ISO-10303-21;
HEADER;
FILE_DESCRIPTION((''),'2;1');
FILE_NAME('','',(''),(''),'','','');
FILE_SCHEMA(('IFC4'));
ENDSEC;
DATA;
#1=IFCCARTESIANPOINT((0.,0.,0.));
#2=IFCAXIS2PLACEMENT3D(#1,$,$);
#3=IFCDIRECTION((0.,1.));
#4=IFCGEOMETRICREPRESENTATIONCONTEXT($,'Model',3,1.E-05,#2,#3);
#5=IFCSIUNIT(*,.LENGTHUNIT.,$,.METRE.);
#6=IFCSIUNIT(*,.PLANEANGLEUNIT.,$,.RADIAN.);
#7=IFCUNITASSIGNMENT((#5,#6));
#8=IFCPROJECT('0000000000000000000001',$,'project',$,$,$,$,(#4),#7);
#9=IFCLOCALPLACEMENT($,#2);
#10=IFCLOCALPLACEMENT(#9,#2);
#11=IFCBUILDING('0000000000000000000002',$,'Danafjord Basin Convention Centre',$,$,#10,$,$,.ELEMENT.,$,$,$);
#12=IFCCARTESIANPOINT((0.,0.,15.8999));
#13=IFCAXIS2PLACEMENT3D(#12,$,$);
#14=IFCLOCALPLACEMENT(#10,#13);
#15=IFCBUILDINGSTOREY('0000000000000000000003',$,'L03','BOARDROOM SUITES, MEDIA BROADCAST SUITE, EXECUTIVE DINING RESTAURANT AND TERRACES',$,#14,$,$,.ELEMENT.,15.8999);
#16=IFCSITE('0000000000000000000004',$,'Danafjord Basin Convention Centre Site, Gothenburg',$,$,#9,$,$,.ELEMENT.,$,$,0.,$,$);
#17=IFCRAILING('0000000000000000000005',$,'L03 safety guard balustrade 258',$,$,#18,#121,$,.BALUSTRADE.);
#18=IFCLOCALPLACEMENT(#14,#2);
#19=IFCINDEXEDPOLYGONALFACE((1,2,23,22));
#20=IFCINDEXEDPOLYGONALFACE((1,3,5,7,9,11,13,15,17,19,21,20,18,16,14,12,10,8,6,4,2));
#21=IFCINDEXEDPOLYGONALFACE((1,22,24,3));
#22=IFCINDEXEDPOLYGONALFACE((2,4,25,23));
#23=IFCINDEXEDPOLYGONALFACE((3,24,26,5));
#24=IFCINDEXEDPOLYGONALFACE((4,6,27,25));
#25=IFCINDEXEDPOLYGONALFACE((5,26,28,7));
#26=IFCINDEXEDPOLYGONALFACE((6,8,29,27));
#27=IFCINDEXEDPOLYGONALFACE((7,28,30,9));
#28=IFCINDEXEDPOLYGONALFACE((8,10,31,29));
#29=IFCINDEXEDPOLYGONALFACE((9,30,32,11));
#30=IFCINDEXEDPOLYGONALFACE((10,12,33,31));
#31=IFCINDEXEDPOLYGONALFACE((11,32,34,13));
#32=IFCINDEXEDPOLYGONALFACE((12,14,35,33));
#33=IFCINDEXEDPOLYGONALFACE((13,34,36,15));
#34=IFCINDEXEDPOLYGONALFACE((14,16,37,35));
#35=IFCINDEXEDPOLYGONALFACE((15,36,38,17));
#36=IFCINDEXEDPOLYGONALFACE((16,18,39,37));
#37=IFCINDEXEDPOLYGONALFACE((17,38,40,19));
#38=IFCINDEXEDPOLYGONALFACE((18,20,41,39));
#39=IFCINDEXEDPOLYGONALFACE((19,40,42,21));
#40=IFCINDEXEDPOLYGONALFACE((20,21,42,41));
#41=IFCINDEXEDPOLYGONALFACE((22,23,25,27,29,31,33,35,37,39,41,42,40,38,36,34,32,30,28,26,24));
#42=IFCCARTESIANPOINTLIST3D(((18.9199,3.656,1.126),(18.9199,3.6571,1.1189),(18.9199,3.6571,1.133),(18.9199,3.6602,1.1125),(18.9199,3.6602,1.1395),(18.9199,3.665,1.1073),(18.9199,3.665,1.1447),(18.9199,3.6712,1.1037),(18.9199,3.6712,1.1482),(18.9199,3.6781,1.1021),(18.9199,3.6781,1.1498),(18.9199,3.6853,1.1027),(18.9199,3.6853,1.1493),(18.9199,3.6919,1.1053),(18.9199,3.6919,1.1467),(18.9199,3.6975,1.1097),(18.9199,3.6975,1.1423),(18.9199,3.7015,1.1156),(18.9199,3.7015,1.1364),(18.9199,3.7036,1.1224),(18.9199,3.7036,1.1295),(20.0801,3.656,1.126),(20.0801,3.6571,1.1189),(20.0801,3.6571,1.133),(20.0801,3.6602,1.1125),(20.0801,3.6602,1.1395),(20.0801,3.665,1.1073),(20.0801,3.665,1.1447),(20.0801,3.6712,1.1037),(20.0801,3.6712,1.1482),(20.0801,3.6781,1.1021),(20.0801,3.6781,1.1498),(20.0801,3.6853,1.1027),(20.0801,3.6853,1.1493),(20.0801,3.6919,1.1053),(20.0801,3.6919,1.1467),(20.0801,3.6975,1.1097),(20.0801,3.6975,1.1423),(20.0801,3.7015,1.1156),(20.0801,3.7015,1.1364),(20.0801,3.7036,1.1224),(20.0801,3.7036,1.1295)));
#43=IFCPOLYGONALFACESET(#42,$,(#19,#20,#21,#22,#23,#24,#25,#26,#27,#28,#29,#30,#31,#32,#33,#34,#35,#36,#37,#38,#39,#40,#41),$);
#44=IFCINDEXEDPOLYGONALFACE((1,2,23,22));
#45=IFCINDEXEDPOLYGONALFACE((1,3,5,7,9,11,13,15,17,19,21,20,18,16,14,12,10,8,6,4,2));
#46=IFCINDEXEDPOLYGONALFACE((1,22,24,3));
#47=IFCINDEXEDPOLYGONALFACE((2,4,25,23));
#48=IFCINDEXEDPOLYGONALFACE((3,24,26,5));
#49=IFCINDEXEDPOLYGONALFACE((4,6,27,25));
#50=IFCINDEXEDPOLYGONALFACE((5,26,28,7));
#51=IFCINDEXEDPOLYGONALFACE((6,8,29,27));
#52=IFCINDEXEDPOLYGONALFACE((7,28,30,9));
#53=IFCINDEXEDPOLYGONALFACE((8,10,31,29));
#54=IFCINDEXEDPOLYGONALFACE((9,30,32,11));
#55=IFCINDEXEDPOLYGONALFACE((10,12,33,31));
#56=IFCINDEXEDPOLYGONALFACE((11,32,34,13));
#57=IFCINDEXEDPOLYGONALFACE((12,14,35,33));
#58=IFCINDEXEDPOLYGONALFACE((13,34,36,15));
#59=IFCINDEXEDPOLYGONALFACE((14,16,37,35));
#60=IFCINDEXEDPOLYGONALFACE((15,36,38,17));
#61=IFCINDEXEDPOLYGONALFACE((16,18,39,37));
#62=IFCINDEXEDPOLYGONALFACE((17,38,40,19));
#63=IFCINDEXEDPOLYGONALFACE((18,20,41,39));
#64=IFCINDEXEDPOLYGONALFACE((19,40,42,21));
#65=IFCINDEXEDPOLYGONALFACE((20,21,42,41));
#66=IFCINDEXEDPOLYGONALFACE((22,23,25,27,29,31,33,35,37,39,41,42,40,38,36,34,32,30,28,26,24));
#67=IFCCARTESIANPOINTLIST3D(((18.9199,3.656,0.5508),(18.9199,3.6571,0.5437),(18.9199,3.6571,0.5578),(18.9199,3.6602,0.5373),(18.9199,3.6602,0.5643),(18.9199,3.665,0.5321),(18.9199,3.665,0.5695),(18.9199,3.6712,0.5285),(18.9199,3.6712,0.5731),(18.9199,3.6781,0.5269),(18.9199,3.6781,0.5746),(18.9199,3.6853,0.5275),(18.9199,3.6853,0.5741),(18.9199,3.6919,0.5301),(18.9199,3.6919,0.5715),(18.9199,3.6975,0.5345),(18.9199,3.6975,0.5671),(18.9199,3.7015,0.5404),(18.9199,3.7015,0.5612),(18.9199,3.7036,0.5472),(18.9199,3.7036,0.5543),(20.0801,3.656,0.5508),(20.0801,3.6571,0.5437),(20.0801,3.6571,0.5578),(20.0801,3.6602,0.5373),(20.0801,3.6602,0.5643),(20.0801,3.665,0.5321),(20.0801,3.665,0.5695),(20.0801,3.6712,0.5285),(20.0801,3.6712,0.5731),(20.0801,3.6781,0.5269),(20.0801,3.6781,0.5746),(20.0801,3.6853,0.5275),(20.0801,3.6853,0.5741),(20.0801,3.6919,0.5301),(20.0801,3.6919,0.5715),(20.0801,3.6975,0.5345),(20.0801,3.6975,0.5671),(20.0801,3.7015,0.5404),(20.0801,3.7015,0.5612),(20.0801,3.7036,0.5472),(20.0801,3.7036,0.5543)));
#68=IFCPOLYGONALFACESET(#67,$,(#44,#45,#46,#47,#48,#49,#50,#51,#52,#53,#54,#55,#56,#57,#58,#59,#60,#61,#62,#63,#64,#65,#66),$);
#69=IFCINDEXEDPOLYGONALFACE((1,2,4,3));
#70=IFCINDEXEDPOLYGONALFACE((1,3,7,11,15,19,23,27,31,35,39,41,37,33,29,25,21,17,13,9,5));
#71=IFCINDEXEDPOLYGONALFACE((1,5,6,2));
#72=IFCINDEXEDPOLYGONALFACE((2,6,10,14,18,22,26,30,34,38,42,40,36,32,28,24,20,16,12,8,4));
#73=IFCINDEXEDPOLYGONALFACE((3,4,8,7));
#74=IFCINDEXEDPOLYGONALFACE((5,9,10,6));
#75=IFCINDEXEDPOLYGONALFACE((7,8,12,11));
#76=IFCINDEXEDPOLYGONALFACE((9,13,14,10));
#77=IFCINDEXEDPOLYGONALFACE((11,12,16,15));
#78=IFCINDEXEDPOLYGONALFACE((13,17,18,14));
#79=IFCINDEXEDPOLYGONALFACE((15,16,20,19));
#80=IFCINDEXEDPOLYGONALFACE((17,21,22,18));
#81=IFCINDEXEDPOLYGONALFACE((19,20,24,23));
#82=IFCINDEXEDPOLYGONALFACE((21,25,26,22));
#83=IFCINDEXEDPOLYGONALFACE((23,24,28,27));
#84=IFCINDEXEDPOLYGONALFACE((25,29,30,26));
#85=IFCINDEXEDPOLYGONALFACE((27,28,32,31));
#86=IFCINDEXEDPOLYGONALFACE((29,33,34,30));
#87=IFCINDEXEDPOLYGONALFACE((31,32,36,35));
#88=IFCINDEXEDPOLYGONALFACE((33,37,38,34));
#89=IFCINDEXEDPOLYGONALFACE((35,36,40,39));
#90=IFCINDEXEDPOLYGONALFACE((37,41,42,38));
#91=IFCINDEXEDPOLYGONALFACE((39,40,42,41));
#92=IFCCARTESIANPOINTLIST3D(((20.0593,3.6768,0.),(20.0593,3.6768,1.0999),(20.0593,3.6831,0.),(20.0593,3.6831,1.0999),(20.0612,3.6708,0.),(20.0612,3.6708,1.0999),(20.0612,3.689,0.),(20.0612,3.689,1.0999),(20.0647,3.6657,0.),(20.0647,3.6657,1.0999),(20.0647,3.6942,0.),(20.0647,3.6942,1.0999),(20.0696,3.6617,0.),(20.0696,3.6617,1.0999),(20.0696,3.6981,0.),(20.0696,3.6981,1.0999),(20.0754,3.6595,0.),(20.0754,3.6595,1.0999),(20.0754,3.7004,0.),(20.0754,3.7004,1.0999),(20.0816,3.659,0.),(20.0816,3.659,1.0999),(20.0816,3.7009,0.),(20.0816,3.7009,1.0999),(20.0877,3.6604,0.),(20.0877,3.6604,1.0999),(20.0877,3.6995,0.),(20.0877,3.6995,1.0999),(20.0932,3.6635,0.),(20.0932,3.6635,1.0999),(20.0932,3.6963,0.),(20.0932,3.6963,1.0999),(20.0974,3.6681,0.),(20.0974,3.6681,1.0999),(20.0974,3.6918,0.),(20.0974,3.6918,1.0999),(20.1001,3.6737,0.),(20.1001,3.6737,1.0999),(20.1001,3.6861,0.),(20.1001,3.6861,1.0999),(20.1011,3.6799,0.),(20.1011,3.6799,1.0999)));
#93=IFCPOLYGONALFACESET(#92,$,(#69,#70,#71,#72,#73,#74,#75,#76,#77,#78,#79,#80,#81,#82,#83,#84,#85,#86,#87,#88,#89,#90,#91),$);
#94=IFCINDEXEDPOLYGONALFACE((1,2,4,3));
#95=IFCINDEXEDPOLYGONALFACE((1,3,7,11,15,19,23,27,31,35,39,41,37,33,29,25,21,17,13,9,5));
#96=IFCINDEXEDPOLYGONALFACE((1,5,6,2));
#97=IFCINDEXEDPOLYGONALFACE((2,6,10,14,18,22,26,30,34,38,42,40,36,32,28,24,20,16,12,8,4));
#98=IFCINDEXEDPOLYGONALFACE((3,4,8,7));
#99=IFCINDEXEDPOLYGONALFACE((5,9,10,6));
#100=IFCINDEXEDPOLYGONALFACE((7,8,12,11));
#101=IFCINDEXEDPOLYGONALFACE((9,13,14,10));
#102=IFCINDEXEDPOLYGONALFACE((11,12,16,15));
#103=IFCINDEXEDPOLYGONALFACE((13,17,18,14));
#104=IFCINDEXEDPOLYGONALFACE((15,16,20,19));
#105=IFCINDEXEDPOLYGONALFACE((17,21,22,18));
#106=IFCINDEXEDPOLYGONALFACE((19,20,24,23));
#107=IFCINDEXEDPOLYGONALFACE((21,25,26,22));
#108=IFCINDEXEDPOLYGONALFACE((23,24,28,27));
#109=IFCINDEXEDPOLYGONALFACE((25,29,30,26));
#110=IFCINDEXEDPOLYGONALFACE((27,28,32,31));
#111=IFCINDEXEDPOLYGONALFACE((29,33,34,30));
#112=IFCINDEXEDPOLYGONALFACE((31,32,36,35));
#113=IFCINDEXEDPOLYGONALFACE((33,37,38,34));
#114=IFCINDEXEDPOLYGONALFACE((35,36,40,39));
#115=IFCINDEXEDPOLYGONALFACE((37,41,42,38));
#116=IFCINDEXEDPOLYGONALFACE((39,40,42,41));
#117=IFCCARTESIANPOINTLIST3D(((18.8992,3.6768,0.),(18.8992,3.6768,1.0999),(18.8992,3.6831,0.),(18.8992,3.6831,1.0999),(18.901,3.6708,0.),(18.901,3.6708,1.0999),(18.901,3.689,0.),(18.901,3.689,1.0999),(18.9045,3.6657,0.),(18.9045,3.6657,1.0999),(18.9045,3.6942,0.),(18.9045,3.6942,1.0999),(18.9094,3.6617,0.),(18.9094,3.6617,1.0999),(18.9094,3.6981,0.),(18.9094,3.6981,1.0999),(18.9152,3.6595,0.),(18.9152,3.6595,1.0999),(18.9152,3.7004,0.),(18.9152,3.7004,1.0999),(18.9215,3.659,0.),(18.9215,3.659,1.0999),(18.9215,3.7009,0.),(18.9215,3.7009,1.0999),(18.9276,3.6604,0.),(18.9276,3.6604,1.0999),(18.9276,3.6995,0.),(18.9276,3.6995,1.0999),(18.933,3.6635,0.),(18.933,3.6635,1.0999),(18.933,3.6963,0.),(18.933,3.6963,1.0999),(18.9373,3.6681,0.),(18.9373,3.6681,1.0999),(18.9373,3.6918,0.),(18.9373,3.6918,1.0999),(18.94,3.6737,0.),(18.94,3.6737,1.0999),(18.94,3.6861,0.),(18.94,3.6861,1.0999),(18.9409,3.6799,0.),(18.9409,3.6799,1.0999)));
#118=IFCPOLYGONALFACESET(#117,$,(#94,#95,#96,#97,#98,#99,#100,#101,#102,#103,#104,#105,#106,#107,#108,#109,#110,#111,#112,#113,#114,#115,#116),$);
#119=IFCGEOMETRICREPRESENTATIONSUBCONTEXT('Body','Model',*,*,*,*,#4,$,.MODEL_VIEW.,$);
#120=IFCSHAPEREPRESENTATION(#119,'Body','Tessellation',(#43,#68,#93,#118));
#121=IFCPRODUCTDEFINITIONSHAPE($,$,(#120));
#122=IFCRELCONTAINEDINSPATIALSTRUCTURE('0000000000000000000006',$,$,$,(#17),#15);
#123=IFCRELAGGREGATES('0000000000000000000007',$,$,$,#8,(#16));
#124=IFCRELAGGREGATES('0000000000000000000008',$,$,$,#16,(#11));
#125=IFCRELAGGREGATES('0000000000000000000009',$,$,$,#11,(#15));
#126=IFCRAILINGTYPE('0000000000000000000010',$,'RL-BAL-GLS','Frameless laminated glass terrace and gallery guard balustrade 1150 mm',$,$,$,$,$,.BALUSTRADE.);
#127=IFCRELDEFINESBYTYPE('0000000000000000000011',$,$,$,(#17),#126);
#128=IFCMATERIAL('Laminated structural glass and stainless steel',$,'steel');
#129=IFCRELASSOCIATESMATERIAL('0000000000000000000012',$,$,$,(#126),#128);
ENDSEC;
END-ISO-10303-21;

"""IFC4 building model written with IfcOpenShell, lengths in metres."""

from ifc_helpers import new_model, si_unit, direction, frame, origin, origin_2d, place, context, subcontext, project, spatial, circle, extrude, material, type_object, element, save


model = new_model("IFC4")

# Units and contexts
model_context = context("Model", 3, precision=1e-05, world=origin(), true_north=direction((0.0, 1.0)))
body_context = subcontext(model_context, "Body", "Model", "MODEL_VIEW")
ifc_project = project(units=[si_unit("LENGTHUNIT", "METRE"), si_unit("PLANEANGLEUNIT", "RADIAN")], contexts=[model_context])

# Site, building, storey
site_placement = place(None, origin())
site = spatial("IfcSite", under=ifc_project, at=site_placement, Name="Danafjord Basin Convention Centre Site, Gothenburg", CompositionType="ELEMENT", RefElevation=0.0)
building_placement = place(site_placement, origin())
building = spatial("IfcBuilding", under=site, at=building_placement, Name="Danafjord Basin Convention Centre", CompositionType="ELEMENT")
storey_placement = place(building_placement, frame((0.0, 0.0, 15.8999)))
storey = spatial("IfcBuildingStorey", under=building, at=storey_placement, Name="L03", Description="BOARDROOM SUITES, MEDIA BROADCAST SUITE, EXECUTIVE DINING RESTAURANT AND TERRACES", CompositionType="ELEMENT", Elevation=15.8999)

# Railing
ifc_material_1 = material(Name="Laminated structural glass and stainless steel", Category="steel")
railing_type = type_object("IfcRailingType", Name="RL-BAL-GLS", Description="Frameless laminated glass terrace and gallery guard balustrade 1150 mm", PredefinedType="BALUSTRADE", material=ifc_material_1)
railing_1_placement = place(storey_placement, frame((20.0801, 3.6799, 0.0)))
element("IfcRailing", 1, at=railing_1_placement, inside=storey, type_object=railing_type, Name="L03 safety guard balustrade 258", PredefinedType="BALUSTRADE", context=body_context, shape_type="SweptSolid", body=[
    extrude(circle(Radius=0.0239, at=origin_2d()), frame((0.0, 0.0, 1.126), z_axis=(-1.0, 0.0, 0.0), x_axis=(0.0, -1.0, 0.0)), (0.0, 0.0, 1.0), 1.1602),
    extrude(circle(Radius=0.0239, at=origin_2d()), frame((0.0, 0.0, 0.5508), z_axis=(-1.0, 0.0, 0.0), x_axis=(0.0, -1.0, 0.0)), (0.0, 0.0, 1.0), 1.1602),
    extrude(circle(Radius=0.021, at=origin_2d()), origin(), (0.0, 0.0, 1.0), 1.0999),
    extrude(circle(Radius=0.021, at=origin_2d()), frame((-1.1602, 0.0, 0.0)), (0.0, 0.0, 1.0), 1.0999),
])

save(model, "model.ifc")
